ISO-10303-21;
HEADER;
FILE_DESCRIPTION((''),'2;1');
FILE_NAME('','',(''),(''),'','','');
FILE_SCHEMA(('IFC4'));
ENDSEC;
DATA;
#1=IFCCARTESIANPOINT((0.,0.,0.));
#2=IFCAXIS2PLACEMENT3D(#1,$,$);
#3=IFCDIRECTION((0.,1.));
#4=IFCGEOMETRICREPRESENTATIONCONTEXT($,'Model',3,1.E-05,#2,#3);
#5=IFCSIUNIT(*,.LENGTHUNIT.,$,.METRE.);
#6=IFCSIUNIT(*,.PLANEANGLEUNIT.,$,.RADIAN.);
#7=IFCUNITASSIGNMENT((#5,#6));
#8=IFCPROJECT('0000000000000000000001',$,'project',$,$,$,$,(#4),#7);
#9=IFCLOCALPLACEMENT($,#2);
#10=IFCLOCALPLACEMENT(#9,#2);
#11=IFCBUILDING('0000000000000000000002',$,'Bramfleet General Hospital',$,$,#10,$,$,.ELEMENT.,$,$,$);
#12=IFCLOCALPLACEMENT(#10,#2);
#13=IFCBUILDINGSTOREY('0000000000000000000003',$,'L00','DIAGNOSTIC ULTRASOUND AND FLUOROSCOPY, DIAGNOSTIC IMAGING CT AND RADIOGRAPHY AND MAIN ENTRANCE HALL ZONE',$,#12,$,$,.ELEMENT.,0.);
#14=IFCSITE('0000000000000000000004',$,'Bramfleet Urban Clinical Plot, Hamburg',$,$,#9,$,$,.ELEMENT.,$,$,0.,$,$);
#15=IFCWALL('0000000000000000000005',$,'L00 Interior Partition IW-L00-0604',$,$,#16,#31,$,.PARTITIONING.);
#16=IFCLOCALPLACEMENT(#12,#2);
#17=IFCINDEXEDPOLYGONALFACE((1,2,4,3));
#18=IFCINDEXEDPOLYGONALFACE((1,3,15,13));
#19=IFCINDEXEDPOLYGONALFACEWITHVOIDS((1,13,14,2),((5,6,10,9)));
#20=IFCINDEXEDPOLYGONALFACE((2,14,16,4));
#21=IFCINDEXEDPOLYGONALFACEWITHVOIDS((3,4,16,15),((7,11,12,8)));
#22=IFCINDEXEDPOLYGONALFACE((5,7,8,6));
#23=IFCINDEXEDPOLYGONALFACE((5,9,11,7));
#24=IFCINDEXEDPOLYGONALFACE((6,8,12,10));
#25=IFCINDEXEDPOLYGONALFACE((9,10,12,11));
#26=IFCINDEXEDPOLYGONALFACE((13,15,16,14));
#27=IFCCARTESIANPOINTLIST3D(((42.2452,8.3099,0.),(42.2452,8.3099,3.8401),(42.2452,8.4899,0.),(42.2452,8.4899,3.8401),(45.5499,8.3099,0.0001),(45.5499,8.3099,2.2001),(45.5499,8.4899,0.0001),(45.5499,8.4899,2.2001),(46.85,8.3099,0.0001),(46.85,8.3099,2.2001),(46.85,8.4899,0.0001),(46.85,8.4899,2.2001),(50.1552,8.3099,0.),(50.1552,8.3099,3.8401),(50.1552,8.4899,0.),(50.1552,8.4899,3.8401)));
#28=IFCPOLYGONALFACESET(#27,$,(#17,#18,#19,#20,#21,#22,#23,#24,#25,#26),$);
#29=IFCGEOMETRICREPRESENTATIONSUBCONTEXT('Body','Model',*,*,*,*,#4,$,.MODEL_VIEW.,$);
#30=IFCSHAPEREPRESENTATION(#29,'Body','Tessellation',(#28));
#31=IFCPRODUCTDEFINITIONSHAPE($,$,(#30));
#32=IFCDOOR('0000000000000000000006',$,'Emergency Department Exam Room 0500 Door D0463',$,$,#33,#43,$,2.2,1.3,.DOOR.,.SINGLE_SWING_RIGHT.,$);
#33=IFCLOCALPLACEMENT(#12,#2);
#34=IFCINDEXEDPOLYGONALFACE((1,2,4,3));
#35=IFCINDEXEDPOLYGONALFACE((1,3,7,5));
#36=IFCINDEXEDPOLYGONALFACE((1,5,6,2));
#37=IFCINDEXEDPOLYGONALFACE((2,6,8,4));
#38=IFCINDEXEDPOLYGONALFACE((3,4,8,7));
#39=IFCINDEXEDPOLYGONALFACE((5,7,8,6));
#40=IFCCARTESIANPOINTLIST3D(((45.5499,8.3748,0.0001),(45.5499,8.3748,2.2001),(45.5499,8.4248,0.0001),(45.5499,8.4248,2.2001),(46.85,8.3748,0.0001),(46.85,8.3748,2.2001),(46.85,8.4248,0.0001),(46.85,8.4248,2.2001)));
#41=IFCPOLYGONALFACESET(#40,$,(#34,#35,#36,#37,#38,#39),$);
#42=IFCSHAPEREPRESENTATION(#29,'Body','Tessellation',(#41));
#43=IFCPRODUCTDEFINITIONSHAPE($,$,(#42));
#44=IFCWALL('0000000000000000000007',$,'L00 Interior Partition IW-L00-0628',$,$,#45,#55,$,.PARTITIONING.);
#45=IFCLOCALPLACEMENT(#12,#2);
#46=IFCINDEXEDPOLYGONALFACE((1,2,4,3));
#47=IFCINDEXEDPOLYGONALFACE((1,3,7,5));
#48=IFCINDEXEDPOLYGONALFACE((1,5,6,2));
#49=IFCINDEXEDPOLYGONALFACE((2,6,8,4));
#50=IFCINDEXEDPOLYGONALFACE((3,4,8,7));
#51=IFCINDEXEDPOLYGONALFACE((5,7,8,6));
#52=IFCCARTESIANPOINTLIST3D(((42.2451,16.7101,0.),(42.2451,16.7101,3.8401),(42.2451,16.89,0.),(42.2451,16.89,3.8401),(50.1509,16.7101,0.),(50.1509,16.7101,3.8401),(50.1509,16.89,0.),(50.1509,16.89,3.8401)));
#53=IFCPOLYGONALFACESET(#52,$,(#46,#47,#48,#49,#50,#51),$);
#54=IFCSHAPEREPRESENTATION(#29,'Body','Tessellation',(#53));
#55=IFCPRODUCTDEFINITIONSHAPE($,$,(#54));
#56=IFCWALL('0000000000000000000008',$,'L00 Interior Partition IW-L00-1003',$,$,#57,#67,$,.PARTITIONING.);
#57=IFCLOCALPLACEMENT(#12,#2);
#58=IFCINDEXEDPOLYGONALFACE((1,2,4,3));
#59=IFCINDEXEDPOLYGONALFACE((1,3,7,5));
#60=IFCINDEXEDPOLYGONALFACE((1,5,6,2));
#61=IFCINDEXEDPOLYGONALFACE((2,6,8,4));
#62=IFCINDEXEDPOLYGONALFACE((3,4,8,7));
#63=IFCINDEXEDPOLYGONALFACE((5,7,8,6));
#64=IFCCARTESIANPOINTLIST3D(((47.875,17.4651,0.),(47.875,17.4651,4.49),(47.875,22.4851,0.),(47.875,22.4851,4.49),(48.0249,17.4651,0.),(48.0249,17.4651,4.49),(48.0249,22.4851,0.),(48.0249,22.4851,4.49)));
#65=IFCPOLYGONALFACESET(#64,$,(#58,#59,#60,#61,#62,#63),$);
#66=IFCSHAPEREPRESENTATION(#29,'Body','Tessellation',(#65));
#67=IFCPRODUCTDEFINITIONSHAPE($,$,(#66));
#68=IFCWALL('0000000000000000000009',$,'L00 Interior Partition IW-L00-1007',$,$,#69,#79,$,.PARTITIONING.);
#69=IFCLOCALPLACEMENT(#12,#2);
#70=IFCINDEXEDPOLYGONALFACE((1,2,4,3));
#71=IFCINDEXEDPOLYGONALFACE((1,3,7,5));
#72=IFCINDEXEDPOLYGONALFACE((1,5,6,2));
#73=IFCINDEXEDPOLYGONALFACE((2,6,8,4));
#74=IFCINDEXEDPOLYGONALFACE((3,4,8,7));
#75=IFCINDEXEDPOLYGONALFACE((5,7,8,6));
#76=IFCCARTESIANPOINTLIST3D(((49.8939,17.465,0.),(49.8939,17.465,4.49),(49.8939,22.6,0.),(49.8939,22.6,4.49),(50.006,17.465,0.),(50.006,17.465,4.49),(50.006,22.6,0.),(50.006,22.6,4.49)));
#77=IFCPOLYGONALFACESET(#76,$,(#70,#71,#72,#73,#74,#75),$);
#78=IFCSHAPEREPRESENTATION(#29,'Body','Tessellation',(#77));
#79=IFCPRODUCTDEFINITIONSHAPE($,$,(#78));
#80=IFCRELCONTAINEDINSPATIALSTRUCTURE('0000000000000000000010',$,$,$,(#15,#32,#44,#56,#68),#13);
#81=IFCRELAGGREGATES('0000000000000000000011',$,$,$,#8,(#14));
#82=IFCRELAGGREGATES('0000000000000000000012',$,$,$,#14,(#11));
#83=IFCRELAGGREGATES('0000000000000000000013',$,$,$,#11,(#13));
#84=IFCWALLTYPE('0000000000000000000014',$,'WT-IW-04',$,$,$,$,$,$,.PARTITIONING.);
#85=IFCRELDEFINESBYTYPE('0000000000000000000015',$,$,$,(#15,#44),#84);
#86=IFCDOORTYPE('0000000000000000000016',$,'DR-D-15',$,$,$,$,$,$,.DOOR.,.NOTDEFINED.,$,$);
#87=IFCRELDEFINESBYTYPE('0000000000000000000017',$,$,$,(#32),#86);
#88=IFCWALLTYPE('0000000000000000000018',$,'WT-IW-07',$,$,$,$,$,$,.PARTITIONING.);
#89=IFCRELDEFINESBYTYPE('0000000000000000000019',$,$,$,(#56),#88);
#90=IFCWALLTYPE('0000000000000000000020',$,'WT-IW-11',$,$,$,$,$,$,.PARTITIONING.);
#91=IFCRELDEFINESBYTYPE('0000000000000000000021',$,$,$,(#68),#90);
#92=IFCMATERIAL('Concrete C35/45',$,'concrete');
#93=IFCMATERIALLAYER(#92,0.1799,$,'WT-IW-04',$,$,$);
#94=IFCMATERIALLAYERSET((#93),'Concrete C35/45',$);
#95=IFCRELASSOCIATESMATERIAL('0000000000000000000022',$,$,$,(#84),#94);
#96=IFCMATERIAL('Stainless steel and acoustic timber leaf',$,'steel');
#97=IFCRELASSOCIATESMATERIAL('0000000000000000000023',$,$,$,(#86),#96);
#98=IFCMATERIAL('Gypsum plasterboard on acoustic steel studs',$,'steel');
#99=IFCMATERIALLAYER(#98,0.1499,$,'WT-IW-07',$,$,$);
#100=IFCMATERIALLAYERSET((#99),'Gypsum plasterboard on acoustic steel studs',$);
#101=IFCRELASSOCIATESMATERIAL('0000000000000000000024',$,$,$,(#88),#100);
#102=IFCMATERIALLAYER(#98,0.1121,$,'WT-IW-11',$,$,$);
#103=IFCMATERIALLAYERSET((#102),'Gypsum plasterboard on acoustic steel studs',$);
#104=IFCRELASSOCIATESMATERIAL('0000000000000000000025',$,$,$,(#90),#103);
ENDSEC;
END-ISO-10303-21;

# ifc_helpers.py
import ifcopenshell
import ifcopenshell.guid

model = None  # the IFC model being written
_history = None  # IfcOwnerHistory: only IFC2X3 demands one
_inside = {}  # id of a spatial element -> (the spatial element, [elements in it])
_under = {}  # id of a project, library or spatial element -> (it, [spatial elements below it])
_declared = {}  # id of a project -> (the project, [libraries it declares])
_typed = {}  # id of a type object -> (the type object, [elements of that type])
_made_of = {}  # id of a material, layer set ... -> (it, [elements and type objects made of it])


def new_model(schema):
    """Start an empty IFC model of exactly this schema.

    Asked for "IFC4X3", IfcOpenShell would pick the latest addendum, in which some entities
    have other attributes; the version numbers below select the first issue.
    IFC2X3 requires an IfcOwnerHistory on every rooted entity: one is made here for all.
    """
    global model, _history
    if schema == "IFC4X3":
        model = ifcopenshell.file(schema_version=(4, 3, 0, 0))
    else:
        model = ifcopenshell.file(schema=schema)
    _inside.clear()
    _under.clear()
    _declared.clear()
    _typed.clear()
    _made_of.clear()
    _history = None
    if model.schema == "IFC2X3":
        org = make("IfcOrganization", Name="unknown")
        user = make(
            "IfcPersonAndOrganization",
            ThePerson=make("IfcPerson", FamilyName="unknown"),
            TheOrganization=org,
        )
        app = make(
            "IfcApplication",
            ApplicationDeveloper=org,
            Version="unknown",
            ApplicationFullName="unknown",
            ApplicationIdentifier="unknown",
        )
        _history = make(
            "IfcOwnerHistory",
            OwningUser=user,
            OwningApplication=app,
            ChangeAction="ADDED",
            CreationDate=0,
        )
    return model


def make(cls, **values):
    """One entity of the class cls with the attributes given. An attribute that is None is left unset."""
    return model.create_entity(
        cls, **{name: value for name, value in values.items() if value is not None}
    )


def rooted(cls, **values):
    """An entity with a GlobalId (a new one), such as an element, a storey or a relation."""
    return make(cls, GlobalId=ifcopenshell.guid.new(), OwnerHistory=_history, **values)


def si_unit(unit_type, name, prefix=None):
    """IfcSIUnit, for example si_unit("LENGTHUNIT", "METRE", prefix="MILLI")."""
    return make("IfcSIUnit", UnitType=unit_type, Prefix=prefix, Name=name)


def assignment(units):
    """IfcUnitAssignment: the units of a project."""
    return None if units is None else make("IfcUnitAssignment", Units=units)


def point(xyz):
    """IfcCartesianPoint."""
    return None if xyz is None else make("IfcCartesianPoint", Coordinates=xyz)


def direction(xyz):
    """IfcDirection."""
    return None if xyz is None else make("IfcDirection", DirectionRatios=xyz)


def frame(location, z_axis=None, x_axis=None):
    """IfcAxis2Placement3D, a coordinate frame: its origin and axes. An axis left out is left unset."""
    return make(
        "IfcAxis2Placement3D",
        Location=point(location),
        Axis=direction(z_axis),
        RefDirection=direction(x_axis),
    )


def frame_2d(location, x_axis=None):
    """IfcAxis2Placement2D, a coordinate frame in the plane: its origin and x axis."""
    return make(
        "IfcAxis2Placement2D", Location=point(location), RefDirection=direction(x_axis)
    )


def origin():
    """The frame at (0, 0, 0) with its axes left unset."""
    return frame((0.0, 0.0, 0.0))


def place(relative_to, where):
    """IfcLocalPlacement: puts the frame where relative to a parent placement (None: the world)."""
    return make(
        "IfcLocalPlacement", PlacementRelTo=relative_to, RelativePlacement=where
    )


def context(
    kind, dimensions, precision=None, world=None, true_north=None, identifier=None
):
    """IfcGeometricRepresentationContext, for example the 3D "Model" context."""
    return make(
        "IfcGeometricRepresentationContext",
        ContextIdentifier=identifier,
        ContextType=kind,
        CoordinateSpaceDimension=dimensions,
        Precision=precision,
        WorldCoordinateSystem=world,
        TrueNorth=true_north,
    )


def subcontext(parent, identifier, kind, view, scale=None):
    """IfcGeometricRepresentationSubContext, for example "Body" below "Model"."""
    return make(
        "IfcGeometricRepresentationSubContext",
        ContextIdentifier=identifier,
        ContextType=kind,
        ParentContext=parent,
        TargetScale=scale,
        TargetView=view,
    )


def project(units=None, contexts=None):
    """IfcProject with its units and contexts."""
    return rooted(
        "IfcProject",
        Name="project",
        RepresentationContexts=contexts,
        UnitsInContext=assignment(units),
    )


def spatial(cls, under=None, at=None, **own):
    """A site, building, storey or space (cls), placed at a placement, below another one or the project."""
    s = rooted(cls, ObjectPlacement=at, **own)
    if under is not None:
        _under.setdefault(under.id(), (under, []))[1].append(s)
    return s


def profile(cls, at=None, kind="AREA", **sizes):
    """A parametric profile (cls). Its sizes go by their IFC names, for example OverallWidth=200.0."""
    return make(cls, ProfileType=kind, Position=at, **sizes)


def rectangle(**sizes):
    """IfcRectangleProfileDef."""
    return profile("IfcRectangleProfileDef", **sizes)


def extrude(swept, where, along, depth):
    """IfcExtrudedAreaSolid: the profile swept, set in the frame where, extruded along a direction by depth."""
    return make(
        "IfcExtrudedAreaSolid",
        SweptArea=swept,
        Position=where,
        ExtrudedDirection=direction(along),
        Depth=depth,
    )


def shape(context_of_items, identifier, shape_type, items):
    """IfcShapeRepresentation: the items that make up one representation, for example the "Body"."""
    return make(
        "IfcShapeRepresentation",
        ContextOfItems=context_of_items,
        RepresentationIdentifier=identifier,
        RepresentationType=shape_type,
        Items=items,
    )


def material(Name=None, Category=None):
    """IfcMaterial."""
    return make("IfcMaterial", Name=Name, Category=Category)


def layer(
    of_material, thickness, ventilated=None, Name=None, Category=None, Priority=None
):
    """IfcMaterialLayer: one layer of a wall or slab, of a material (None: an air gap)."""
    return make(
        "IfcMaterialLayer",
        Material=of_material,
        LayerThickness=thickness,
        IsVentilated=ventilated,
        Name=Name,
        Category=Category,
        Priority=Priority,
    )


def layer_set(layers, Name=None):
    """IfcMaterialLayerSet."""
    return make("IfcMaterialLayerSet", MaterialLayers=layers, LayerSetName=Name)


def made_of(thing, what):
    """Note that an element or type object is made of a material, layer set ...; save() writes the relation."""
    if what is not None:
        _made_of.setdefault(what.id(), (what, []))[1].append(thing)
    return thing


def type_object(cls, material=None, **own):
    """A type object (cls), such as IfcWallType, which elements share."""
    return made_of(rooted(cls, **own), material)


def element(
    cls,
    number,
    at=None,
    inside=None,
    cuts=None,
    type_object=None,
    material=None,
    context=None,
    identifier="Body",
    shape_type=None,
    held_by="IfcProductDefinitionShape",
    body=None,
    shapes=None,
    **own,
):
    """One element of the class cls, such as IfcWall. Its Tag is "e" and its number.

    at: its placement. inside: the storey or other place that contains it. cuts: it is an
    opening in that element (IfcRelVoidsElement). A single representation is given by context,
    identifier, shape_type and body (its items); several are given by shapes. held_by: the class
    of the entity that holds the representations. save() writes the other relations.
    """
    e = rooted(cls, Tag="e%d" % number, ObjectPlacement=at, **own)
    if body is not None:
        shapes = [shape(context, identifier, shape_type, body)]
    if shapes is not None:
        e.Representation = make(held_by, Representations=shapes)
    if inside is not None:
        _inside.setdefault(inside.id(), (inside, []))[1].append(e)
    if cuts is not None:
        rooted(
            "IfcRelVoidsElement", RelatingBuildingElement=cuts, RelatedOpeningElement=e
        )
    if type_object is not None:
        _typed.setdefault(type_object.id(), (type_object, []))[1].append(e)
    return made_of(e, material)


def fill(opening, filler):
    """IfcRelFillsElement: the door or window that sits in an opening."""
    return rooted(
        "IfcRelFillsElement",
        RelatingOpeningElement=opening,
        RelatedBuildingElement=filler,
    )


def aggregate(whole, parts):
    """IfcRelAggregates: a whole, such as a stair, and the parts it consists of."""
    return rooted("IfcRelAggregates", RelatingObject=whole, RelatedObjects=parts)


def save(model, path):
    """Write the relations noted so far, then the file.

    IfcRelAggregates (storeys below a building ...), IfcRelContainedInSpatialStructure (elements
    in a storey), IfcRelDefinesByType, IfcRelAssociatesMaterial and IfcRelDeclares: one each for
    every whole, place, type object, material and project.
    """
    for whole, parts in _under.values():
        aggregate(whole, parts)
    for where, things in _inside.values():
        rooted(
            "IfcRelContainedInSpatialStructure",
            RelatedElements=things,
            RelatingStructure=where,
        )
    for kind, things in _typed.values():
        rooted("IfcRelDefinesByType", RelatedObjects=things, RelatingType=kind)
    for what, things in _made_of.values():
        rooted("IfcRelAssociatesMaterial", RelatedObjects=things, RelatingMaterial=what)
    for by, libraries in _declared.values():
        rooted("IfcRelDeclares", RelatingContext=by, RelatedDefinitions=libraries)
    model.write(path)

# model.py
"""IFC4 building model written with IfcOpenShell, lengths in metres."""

from ifc_helpers import new_model, si_unit, direction, frame, frame_2d, origin, place, context, subcontext, project, spatial, rectangle, extrude, material, layer, layer_set, type_object, element, fill, save


model = new_model("IFC4")

# Units and contexts
model_context = context("Model", 3, precision=1e-05, world=origin(), true_north=direction((0.0, 1.0)))
body_context = subcontext(model_context, "Body", "Model", "MODEL_VIEW")
ifc_project = project(units=[si_unit("LENGTHUNIT", "METRE"), si_unit("PLANEANGLEUNIT", "RADIAN")], contexts=[model_context])

# Site, building, storey
site_placement = place(None, origin())
site = spatial("IfcSite", under=ifc_project, at=site_placement, Name="Bramfleet Urban Clinical Plot, Hamburg", CompositionType="ELEMENT", RefElevation=0.0)
building_placement = place(site_placement, origin())
building = spatial("IfcBuilding", under=site, at=building_placement, Name="Bramfleet General Hospital", CompositionType="ELEMENT")
storey_placement = place(building_placement, origin())
storey = spatial("IfcBuildingStorey", under=building, at=storey_placement, Name="L00", Description="DIAGNOSTIC ULTRASOUND AND FLUOROSCOPY, DIAGNOSTIC IMAGING CT AND RADIOGRAPHY AND MAIN ENTRANCE HALL ZONE", CompositionType="ELEMENT", Elevation=0.0)

# Shared definitions
ifc_material_1 = material(Name="Concrete C35/45", Category="concrete")

# Wall, opening, door
ifc_layer_1 = layer(ifc_material_1, 0.1799, Name="WT-IW-04")
ifc_layer_set_1 = layer_set([ifc_layer_1], Name="Concrete C35/45")
wall_type_1 = type_object("IfcWallType", Name="WT-IW-04", PredefinedType="PARTITIONING", material=ifc_layer_set_1)
wall_1_placement = place(storey_placement, frame((42.2451, 8.3999, 0.0), z_axis=(0.0, 0.0, 1.0), x_axis=(1.0, 0.0, 0.0)))
wall_1 = element("IfcWall", 1, at=wall_1_placement, inside=storey, type_object=wall_type_1, Name="L00 Interior Partition IW-L00-0604", PredefinedType="PARTITIONING", context=body_context, shape_type="SweptSolid", body=[
    extrude(rectangle(XDim=7.9099, YDim=0.1799, at=frame_2d((3.9551, 0.0))), origin(), (0.0, 0.0, 1.0), 3.8401),
])
opening_placement = place(wall_1_placement, frame((3.3049, 0.0, 0.0)))
opening = element("IfcOpeningElement", 2, at=opening_placement, cuts=wall_1, PredefinedType="OPENING", context=body_context, shape_type="SweptSolid", body=[
    extrude(rectangle(XDim=1.3, YDim=2.2, at=frame_2d((0.6499, 1.1001))), frame((0.0, 0.0999, 0.0), z_axis=(0.0, -1.0, 0.0), x_axis=(1.0, 0.0, 0.0)), (0.0, 0.0, 1.0), 0.2),
])
ifc_material_2 = material(Name="Stainless steel and acoustic timber leaf", Category="steel")
door_type = type_object("IfcDoorType", Name="DR-D-15", OperationType="NOTDEFINED", PredefinedType="DOOR", material=ifc_material_2)
door_placement = place(opening_placement, origin())
door = element("IfcDoor", 3, at=door_placement, inside=storey, type_object=door_type, Name="Emergency Department Exam Room 0500 Door D0463", OperationType="SINGLE_SWING_RIGHT", OverallHeight=2.2, OverallWidth=1.3, PredefinedType="DOOR", context=body_context, shape_type="SweptSolid", body=[
    extrude(rectangle(XDim=1.3, YDim=2.2, at=frame_2d((0.6499, 1.1001))), frame((0.0, 0.0249, 0.0), z_axis=(0.0, -1.0, 0.0), x_axis=(1.0, 0.0, 0.0)), (0.0, 0.0, 1.0), 0.05),
])
fill(opening, door)

# Walls
wall_2_placement = place(storey_placement, frame((42.2451, 16.8, 0.0), z_axis=(0.0, 0.0, 1.0), x_axis=(1.0, 0.0, 0.0)))
element("IfcWall", 4, at=wall_2_placement, inside=storey, type_object=wall_type_1, Name="L00 Interior Partition IW-L00-0628", PredefinedType="PARTITIONING", context=body_context, shape_type="SweptSolid", body=[
    extrude(rectangle(XDim=7.9058, YDim=0.1799, at=frame_2d((3.9529, 0.0))), origin(), (0.0, 0.0, 1.0), 3.8401),
])
ifc_material_3 = material(Name="Gypsum plasterboard on acoustic steel studs", Category="steel")
ifc_layer_2 = layer(ifc_material_3, 0.1499, Name="WT-IW-07")
ifc_layer_set_2 = layer_set([ifc_layer_2], Name="Gypsum plasterboard on acoustic steel studs")
wall_type_2 = type_object("IfcWallType", Name="WT-IW-07", PredefinedType="PARTITIONING", material=ifc_layer_set_2)
wall_3_placement = place(storey_placement, frame((47.95, 17.4651, 0.0), z_axis=(0.0, 0.0, 1.0), x_axis=(0.0, 1.0, 0.0)))
element("IfcWall", 5, at=wall_3_placement, inside=storey, type_object=wall_type_2, Name="L00 Interior Partition IW-L00-1003", PredefinedType="PARTITIONING", context=body_context, shape_type="SweptSolid", body=[
    extrude(rectangle(XDim=5.02, YDim=0.1499, at=frame_2d((2.51, 0.0))), origin(), (0.0, 0.0, 1.0), 4.49),
])
ifc_layer_3 = layer(ifc_material_3, 0.1121, Name="WT-IW-11")
ifc_layer_set_3 = layer_set([ifc_layer_3], Name="Gypsum plasterboard on acoustic steel studs")
wall_type_3 = type_object("IfcWallType", Name="WT-IW-11", PredefinedType="PARTITIONING", material=ifc_layer_set_3)
wall_4_placement = place(storey_placement, frame((49.95, 17.4651, 0.0), z_axis=(0.0, 0.0, 1.0), x_axis=(0.0, 1.0, 0.0)))
element("IfcWall", 6, at=wall_4_placement, inside=storey, type_object=wall_type_3, Name="L00 Interior Partition IW-L00-1007", PredefinedType="PARTITIONING", context=body_context, shape_type="SweptSolid", body=[
    extrude(rectangle(XDim=5.135, YDim=0.1121, at=frame_2d((2.5674, 0.0))), origin(), (0.0, 0.0, 1.0), 4.49),
])

save(model, "model.ifc")
